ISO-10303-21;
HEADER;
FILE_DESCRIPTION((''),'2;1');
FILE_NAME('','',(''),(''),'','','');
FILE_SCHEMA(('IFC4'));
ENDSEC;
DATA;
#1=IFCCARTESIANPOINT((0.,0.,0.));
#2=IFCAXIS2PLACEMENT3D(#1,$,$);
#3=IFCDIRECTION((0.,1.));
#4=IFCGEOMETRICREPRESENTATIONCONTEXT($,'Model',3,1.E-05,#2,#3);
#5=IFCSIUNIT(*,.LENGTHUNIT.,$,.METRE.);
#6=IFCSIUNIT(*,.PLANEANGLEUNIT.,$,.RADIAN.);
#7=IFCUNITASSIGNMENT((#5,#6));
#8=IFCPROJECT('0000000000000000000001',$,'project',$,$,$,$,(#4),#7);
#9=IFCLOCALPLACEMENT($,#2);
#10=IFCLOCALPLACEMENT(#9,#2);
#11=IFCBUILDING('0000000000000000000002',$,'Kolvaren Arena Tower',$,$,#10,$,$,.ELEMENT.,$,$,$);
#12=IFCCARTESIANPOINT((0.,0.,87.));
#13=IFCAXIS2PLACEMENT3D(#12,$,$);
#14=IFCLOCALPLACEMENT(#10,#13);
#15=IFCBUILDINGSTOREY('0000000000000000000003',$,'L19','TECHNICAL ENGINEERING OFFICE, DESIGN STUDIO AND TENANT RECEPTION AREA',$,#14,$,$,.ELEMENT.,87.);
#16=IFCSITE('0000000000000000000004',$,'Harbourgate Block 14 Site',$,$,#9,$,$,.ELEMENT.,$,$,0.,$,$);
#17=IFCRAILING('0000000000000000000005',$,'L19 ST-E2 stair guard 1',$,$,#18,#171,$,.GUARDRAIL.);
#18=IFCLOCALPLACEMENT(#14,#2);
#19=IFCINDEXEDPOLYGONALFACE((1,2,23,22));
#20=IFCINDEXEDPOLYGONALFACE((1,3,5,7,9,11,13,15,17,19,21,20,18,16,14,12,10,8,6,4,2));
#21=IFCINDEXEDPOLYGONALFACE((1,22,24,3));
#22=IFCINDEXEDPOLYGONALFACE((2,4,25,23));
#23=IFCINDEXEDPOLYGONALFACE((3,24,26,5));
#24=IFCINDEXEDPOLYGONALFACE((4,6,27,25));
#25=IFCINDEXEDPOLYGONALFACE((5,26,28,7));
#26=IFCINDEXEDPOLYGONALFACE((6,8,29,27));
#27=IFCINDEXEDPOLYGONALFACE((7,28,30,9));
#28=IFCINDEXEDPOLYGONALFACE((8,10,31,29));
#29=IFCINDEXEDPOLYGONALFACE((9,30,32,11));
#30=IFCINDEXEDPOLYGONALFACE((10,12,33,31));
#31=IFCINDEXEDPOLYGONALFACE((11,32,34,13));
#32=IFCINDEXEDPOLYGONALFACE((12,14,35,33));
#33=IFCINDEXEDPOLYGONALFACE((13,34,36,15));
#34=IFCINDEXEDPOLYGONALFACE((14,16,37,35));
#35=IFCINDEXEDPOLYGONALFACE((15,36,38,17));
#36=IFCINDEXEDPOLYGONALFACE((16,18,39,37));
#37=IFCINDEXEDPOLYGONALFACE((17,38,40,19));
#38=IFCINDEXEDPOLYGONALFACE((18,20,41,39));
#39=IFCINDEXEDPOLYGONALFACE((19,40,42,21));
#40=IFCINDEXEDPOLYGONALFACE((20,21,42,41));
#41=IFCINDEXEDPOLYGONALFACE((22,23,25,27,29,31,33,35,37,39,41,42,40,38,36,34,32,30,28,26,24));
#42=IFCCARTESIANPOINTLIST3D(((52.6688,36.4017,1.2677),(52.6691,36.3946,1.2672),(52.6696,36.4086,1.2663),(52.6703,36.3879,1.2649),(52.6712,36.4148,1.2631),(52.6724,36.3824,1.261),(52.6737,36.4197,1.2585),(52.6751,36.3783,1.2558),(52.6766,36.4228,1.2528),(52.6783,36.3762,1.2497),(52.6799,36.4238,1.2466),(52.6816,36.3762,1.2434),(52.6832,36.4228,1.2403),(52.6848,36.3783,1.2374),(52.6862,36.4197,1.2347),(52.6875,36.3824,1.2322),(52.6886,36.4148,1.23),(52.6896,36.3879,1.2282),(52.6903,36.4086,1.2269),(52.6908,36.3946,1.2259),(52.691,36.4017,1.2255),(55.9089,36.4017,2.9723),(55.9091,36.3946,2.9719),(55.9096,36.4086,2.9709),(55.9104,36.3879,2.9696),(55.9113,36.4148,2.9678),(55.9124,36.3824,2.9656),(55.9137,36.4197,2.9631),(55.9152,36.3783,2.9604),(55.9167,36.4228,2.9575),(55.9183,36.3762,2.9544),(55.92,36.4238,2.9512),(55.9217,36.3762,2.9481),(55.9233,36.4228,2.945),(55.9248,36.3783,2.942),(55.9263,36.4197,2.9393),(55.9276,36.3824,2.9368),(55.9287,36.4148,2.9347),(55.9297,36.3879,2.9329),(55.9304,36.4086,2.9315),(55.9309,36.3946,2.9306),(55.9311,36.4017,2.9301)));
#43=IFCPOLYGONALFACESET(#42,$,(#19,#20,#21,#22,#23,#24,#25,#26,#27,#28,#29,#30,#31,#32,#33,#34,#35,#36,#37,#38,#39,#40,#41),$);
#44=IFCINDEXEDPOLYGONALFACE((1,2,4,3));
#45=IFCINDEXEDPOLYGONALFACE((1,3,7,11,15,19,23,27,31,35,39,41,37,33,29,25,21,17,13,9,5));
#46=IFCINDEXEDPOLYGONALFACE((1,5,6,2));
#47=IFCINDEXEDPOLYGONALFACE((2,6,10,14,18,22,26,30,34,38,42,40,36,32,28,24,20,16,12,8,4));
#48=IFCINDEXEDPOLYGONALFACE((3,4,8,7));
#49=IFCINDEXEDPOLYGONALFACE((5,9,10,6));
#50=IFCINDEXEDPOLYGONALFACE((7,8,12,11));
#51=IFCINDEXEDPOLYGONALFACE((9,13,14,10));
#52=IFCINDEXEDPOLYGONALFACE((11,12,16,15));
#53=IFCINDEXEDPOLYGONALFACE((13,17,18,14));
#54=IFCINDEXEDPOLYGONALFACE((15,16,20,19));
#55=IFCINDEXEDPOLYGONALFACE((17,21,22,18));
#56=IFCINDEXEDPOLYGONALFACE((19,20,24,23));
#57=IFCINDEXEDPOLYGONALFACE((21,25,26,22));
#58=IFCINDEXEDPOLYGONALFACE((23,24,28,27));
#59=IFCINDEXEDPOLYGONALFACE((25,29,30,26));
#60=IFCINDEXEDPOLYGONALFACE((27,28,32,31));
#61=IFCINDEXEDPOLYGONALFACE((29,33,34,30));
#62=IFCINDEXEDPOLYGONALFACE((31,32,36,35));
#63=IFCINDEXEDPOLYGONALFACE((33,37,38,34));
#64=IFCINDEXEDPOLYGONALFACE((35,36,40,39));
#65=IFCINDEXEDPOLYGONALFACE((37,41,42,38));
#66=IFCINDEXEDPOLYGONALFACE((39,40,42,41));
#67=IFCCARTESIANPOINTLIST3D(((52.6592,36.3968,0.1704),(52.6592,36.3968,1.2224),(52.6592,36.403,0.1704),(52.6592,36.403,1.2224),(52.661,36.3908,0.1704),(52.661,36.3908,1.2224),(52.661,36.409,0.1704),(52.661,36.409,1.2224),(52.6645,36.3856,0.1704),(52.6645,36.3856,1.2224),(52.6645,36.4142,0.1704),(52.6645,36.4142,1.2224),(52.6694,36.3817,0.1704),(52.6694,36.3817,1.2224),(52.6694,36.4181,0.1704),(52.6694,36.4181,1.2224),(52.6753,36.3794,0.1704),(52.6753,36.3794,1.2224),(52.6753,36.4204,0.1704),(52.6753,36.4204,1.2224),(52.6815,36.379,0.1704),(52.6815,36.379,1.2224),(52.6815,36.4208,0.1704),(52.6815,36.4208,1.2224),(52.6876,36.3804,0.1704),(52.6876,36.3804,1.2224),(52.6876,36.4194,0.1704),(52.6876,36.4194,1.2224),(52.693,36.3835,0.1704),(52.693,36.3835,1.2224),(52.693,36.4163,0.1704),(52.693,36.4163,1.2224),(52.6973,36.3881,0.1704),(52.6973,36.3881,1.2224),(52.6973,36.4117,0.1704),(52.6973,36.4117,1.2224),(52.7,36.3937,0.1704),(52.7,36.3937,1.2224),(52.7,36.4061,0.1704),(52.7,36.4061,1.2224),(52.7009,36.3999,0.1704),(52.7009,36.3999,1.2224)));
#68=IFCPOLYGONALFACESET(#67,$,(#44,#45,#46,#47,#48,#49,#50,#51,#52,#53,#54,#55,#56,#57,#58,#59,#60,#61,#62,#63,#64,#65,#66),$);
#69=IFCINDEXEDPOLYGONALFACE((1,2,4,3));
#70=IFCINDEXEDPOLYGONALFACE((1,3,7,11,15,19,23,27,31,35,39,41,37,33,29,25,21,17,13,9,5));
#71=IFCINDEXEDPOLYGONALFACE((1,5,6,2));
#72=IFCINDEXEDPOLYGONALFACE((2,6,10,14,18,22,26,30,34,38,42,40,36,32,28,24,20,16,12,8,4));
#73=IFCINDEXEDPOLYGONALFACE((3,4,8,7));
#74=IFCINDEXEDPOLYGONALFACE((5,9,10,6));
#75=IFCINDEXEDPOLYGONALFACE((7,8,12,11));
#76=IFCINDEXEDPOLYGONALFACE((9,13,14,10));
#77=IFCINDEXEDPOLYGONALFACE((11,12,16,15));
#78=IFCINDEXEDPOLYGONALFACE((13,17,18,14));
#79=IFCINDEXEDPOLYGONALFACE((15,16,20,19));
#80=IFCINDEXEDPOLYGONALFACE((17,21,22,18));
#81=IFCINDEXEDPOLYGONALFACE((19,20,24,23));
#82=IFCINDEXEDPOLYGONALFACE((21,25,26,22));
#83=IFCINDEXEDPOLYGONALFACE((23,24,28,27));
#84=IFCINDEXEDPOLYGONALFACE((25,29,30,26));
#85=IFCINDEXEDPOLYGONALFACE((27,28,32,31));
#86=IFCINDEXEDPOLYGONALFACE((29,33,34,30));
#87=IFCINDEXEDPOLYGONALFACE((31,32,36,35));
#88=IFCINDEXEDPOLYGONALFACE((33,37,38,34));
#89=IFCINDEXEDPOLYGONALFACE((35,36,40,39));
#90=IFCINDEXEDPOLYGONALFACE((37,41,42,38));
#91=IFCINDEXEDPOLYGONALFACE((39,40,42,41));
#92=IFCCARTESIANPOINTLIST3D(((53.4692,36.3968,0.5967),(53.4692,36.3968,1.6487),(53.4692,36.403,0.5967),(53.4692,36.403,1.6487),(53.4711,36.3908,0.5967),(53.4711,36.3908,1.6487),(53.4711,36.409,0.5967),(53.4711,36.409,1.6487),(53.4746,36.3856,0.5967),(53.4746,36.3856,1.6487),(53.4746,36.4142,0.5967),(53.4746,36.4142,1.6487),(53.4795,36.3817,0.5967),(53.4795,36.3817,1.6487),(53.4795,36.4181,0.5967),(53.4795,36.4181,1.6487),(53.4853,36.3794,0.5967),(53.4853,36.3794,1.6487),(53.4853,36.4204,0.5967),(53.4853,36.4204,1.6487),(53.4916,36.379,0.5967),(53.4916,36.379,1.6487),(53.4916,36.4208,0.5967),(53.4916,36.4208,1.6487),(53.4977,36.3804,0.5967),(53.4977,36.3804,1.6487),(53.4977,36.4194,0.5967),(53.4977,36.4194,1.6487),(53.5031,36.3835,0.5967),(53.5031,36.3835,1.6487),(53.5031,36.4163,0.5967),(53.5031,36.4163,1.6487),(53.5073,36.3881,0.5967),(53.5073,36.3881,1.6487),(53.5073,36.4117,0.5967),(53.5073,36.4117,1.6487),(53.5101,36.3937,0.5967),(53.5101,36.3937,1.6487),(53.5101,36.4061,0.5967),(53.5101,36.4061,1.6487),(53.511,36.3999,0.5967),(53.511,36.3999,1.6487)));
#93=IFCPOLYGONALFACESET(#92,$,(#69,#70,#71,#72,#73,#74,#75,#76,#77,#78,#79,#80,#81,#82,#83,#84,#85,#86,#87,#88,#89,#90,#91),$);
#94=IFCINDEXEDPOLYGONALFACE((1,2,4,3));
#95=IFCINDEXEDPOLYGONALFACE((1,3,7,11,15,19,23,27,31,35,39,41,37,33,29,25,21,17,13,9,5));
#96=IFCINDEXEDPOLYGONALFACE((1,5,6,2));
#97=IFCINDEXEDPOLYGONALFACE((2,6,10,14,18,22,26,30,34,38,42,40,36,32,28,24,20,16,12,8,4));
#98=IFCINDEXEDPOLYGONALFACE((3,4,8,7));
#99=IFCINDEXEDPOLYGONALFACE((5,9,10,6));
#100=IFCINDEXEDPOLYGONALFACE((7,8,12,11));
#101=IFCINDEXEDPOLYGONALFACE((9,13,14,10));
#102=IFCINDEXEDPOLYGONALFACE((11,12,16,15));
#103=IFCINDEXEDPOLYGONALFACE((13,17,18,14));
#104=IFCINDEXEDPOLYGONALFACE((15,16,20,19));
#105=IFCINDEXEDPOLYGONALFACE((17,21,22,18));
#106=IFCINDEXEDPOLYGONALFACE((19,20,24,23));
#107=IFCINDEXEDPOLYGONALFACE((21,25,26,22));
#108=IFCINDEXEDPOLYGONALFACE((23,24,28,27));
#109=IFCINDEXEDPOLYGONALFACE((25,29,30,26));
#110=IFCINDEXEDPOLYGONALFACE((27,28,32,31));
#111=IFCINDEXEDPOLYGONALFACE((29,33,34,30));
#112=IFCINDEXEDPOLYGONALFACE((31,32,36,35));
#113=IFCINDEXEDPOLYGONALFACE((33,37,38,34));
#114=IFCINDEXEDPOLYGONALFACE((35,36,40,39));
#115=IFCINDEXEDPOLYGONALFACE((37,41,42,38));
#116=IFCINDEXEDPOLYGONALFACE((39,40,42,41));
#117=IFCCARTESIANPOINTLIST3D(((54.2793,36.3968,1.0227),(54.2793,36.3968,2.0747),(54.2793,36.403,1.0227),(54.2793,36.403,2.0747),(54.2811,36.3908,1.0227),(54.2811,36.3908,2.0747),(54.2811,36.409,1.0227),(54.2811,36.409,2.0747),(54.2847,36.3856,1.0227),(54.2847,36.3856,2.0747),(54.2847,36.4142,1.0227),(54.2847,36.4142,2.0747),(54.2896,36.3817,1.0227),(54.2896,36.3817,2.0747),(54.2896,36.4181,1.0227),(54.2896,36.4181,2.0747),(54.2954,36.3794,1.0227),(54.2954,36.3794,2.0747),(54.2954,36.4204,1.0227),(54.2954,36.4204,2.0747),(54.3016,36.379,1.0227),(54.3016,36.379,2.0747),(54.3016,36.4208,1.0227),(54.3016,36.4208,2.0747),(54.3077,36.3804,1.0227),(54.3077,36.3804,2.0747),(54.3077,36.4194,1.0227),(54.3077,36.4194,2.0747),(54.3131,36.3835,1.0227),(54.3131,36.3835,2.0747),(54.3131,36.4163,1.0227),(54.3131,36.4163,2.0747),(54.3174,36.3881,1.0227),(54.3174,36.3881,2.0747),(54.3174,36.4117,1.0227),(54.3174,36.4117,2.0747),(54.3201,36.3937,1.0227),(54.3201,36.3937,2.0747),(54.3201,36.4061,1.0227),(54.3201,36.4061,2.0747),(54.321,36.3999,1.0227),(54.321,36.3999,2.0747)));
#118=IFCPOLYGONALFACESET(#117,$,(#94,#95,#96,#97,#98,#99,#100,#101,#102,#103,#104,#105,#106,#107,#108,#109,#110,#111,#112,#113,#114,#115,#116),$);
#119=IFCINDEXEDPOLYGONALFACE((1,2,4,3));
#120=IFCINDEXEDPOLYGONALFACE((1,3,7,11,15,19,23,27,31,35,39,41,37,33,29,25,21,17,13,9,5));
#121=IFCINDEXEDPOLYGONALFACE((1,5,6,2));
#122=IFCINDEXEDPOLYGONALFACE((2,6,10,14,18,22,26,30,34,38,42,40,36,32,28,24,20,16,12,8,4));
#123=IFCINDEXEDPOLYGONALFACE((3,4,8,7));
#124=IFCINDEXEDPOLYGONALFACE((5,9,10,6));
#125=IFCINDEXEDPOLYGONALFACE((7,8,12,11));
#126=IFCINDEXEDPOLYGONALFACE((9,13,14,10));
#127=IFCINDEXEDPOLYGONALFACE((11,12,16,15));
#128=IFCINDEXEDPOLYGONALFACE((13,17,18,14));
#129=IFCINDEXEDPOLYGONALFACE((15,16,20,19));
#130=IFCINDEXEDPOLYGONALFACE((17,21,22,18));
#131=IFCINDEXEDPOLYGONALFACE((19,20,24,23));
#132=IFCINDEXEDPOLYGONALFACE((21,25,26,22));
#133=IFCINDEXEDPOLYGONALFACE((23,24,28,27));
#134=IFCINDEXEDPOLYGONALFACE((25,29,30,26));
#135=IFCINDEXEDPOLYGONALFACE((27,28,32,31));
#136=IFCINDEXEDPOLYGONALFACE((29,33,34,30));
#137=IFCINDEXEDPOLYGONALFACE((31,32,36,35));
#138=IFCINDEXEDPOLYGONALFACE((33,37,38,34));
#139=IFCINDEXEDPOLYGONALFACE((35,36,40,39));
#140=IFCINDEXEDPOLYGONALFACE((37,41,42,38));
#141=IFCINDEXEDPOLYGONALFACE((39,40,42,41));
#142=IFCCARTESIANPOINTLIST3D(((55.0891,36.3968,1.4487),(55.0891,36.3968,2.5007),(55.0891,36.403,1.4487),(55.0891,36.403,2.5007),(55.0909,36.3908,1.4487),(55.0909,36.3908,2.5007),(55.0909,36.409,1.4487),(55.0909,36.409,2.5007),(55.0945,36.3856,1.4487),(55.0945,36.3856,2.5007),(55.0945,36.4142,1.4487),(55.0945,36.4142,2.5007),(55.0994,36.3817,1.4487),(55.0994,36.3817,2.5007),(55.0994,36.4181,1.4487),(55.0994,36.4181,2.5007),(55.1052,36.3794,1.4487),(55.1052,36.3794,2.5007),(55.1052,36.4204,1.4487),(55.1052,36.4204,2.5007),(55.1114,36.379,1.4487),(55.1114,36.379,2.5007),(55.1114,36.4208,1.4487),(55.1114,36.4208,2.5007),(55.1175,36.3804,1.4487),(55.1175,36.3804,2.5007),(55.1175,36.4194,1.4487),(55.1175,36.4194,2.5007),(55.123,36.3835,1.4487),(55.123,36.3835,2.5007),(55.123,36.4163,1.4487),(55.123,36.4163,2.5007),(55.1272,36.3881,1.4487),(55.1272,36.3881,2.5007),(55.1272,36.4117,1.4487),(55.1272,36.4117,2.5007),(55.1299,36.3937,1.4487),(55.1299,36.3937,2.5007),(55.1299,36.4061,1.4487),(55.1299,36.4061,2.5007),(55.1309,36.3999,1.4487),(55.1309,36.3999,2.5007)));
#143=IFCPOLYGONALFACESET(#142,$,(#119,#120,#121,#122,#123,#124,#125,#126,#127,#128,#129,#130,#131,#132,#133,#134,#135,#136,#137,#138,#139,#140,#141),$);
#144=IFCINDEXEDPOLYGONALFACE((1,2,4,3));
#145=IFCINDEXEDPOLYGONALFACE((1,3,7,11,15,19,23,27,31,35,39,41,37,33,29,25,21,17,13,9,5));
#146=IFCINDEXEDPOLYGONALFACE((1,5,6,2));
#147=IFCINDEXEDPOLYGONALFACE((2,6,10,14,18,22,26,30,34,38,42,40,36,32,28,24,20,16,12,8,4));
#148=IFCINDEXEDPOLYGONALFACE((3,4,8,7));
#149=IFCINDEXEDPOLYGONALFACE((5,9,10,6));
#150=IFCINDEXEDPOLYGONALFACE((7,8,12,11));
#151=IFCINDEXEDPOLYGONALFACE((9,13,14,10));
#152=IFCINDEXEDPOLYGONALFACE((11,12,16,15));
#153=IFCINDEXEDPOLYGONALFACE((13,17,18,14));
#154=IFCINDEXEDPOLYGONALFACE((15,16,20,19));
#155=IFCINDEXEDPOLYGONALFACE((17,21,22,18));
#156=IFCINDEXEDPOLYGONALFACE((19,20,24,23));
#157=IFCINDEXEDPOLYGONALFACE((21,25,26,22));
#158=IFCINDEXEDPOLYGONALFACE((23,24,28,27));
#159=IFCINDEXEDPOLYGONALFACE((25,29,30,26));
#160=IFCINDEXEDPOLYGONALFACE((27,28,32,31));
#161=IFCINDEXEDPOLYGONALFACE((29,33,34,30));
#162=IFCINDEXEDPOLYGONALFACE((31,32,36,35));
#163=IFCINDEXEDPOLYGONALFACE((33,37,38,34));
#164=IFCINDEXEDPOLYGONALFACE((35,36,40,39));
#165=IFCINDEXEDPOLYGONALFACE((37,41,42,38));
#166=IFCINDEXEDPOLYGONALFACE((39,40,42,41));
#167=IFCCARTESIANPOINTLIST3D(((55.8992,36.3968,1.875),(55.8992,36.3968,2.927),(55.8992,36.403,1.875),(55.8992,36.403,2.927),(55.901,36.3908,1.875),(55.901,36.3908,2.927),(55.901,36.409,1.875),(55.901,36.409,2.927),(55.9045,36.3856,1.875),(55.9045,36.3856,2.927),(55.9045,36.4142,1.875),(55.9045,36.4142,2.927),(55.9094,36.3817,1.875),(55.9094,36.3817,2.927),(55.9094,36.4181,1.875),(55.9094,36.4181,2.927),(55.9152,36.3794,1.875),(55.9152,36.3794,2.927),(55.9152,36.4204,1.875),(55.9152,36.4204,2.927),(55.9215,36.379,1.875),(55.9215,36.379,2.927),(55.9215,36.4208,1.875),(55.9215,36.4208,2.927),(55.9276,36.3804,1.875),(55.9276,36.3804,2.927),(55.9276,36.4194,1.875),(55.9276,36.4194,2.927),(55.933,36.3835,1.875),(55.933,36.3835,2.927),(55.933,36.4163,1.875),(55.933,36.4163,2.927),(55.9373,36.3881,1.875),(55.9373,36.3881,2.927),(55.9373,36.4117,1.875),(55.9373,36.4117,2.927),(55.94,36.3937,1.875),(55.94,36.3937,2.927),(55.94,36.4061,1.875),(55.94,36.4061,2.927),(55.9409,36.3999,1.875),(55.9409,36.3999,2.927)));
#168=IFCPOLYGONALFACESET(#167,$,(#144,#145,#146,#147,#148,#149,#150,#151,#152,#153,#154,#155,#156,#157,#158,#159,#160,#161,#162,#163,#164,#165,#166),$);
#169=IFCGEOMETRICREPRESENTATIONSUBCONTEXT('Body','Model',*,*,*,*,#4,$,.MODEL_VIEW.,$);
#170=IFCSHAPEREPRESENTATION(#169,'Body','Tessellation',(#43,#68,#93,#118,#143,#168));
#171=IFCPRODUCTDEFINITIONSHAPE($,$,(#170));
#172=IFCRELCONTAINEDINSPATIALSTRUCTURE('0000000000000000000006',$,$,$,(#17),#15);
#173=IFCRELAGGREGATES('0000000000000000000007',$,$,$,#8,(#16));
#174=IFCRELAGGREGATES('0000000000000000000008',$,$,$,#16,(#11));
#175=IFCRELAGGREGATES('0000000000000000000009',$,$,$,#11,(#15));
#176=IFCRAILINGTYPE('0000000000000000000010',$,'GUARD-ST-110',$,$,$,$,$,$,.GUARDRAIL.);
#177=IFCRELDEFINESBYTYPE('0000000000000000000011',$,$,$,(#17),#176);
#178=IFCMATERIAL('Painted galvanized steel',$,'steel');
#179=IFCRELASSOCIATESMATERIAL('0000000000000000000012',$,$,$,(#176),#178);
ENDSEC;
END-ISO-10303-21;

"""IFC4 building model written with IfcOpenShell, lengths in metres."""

from ifc_helpers import new_model, si_unit, direction, frame, origin, origin_2d, place, context, subcontext, project, spatial, circle, extrude, material, type_object, element, save


model = new_model("IFC4")

# Units and contexts
model_context = context("Model", 3, precision=1e-05, world=origin(), true_north=direction((0.0, 1.0)))
body_context = subcontext(model_context, "Body", "Model", "MODEL_VIEW")
ifc_project = project(units=[si_unit("LENGTHUNIT", "METRE"), si_unit("PLANEANGLEUNIT", "RADIAN")], contexts=[model_context])

# Site, building, storey
site_placement = place(None, origin())
site = spatial("IfcSite", under=ifc_project, at=site_placement, Name="Harbourgate Block 14 Site", CompositionType="ELEMENT", RefElevation=0.0)
building_placement = place(site_placement, origin())
building = spatial("IfcBuilding", under=site, at=building_placement, Name="Kolvaren Arena Tower", CompositionType="ELEMENT")
storey_placement = place(building_placement, frame((0.0, 0.0, 87.0)))
storey = spatial("IfcBuildingStorey", under=building, at=storey_placement, Name="L19", Description="TECHNICAL ENGINEERING OFFICE, DESIGN STUDIO AND TENANT RECEPTION AREA", CompositionType="ELEMENT", Elevation=87.0)

# Railing
ifc_material_1 = material(Name="Painted galvanized steel", Category="steel")
railing_type_1 = type_object("IfcRailingType", Name="GUARD-ST-110", PredefinedType="GUARDRAIL", material=ifc_material_1)
railing_1_placement = place(storey_placement, frame((52.6799, 36.3999, 0.1704)))
element("IfcRailing", 1, at=railing_1_placement, inside=storey, type_object=railing_type_1, Name="L19 ST-E2 stair guard 1", PredefinedType="GUARDRAIL", context=body_context, shape_type="SweptSolid", body=[
    extrude(circle(Radius=0.0239, at=origin_2d()), frame((0.0, 0.0, 1.0762), z_axis=(0.884993, 0.0, 0.465604), x_axis=(0.0, 1.0, 0.0)), (0.0, 0.0, 1.0), 3.6611),
    extrude(circle(Radius=0.021, at=origin_2d()), origin(), (0.0, 0.0, 1.0), 1.052),
    extrude(circle(Radius=0.021, at=origin_2d()), frame((0.8101, 0.0, 0.4263)), (0.0, 0.0, 1.0), 1.052),
    extrude(circle(Radius=0.021, at=origin_2d()), frame((1.6201, 0.0, 0.8523)), (0.0, 0.0, 1.0), 1.052),
    extrude(circle(Radius=0.021, at=origin_2d()), frame((2.4299, 0.0, 1.2783)), (0.0, 0.0, 1.0), 1.052),
    extrude(circle(Radius=0.021, at=origin_2d()), frame((3.24, 0.0, 1.7046)), (0.0, 0.0, 1.0), 1.052),
])

save(model, "model.ifc")
